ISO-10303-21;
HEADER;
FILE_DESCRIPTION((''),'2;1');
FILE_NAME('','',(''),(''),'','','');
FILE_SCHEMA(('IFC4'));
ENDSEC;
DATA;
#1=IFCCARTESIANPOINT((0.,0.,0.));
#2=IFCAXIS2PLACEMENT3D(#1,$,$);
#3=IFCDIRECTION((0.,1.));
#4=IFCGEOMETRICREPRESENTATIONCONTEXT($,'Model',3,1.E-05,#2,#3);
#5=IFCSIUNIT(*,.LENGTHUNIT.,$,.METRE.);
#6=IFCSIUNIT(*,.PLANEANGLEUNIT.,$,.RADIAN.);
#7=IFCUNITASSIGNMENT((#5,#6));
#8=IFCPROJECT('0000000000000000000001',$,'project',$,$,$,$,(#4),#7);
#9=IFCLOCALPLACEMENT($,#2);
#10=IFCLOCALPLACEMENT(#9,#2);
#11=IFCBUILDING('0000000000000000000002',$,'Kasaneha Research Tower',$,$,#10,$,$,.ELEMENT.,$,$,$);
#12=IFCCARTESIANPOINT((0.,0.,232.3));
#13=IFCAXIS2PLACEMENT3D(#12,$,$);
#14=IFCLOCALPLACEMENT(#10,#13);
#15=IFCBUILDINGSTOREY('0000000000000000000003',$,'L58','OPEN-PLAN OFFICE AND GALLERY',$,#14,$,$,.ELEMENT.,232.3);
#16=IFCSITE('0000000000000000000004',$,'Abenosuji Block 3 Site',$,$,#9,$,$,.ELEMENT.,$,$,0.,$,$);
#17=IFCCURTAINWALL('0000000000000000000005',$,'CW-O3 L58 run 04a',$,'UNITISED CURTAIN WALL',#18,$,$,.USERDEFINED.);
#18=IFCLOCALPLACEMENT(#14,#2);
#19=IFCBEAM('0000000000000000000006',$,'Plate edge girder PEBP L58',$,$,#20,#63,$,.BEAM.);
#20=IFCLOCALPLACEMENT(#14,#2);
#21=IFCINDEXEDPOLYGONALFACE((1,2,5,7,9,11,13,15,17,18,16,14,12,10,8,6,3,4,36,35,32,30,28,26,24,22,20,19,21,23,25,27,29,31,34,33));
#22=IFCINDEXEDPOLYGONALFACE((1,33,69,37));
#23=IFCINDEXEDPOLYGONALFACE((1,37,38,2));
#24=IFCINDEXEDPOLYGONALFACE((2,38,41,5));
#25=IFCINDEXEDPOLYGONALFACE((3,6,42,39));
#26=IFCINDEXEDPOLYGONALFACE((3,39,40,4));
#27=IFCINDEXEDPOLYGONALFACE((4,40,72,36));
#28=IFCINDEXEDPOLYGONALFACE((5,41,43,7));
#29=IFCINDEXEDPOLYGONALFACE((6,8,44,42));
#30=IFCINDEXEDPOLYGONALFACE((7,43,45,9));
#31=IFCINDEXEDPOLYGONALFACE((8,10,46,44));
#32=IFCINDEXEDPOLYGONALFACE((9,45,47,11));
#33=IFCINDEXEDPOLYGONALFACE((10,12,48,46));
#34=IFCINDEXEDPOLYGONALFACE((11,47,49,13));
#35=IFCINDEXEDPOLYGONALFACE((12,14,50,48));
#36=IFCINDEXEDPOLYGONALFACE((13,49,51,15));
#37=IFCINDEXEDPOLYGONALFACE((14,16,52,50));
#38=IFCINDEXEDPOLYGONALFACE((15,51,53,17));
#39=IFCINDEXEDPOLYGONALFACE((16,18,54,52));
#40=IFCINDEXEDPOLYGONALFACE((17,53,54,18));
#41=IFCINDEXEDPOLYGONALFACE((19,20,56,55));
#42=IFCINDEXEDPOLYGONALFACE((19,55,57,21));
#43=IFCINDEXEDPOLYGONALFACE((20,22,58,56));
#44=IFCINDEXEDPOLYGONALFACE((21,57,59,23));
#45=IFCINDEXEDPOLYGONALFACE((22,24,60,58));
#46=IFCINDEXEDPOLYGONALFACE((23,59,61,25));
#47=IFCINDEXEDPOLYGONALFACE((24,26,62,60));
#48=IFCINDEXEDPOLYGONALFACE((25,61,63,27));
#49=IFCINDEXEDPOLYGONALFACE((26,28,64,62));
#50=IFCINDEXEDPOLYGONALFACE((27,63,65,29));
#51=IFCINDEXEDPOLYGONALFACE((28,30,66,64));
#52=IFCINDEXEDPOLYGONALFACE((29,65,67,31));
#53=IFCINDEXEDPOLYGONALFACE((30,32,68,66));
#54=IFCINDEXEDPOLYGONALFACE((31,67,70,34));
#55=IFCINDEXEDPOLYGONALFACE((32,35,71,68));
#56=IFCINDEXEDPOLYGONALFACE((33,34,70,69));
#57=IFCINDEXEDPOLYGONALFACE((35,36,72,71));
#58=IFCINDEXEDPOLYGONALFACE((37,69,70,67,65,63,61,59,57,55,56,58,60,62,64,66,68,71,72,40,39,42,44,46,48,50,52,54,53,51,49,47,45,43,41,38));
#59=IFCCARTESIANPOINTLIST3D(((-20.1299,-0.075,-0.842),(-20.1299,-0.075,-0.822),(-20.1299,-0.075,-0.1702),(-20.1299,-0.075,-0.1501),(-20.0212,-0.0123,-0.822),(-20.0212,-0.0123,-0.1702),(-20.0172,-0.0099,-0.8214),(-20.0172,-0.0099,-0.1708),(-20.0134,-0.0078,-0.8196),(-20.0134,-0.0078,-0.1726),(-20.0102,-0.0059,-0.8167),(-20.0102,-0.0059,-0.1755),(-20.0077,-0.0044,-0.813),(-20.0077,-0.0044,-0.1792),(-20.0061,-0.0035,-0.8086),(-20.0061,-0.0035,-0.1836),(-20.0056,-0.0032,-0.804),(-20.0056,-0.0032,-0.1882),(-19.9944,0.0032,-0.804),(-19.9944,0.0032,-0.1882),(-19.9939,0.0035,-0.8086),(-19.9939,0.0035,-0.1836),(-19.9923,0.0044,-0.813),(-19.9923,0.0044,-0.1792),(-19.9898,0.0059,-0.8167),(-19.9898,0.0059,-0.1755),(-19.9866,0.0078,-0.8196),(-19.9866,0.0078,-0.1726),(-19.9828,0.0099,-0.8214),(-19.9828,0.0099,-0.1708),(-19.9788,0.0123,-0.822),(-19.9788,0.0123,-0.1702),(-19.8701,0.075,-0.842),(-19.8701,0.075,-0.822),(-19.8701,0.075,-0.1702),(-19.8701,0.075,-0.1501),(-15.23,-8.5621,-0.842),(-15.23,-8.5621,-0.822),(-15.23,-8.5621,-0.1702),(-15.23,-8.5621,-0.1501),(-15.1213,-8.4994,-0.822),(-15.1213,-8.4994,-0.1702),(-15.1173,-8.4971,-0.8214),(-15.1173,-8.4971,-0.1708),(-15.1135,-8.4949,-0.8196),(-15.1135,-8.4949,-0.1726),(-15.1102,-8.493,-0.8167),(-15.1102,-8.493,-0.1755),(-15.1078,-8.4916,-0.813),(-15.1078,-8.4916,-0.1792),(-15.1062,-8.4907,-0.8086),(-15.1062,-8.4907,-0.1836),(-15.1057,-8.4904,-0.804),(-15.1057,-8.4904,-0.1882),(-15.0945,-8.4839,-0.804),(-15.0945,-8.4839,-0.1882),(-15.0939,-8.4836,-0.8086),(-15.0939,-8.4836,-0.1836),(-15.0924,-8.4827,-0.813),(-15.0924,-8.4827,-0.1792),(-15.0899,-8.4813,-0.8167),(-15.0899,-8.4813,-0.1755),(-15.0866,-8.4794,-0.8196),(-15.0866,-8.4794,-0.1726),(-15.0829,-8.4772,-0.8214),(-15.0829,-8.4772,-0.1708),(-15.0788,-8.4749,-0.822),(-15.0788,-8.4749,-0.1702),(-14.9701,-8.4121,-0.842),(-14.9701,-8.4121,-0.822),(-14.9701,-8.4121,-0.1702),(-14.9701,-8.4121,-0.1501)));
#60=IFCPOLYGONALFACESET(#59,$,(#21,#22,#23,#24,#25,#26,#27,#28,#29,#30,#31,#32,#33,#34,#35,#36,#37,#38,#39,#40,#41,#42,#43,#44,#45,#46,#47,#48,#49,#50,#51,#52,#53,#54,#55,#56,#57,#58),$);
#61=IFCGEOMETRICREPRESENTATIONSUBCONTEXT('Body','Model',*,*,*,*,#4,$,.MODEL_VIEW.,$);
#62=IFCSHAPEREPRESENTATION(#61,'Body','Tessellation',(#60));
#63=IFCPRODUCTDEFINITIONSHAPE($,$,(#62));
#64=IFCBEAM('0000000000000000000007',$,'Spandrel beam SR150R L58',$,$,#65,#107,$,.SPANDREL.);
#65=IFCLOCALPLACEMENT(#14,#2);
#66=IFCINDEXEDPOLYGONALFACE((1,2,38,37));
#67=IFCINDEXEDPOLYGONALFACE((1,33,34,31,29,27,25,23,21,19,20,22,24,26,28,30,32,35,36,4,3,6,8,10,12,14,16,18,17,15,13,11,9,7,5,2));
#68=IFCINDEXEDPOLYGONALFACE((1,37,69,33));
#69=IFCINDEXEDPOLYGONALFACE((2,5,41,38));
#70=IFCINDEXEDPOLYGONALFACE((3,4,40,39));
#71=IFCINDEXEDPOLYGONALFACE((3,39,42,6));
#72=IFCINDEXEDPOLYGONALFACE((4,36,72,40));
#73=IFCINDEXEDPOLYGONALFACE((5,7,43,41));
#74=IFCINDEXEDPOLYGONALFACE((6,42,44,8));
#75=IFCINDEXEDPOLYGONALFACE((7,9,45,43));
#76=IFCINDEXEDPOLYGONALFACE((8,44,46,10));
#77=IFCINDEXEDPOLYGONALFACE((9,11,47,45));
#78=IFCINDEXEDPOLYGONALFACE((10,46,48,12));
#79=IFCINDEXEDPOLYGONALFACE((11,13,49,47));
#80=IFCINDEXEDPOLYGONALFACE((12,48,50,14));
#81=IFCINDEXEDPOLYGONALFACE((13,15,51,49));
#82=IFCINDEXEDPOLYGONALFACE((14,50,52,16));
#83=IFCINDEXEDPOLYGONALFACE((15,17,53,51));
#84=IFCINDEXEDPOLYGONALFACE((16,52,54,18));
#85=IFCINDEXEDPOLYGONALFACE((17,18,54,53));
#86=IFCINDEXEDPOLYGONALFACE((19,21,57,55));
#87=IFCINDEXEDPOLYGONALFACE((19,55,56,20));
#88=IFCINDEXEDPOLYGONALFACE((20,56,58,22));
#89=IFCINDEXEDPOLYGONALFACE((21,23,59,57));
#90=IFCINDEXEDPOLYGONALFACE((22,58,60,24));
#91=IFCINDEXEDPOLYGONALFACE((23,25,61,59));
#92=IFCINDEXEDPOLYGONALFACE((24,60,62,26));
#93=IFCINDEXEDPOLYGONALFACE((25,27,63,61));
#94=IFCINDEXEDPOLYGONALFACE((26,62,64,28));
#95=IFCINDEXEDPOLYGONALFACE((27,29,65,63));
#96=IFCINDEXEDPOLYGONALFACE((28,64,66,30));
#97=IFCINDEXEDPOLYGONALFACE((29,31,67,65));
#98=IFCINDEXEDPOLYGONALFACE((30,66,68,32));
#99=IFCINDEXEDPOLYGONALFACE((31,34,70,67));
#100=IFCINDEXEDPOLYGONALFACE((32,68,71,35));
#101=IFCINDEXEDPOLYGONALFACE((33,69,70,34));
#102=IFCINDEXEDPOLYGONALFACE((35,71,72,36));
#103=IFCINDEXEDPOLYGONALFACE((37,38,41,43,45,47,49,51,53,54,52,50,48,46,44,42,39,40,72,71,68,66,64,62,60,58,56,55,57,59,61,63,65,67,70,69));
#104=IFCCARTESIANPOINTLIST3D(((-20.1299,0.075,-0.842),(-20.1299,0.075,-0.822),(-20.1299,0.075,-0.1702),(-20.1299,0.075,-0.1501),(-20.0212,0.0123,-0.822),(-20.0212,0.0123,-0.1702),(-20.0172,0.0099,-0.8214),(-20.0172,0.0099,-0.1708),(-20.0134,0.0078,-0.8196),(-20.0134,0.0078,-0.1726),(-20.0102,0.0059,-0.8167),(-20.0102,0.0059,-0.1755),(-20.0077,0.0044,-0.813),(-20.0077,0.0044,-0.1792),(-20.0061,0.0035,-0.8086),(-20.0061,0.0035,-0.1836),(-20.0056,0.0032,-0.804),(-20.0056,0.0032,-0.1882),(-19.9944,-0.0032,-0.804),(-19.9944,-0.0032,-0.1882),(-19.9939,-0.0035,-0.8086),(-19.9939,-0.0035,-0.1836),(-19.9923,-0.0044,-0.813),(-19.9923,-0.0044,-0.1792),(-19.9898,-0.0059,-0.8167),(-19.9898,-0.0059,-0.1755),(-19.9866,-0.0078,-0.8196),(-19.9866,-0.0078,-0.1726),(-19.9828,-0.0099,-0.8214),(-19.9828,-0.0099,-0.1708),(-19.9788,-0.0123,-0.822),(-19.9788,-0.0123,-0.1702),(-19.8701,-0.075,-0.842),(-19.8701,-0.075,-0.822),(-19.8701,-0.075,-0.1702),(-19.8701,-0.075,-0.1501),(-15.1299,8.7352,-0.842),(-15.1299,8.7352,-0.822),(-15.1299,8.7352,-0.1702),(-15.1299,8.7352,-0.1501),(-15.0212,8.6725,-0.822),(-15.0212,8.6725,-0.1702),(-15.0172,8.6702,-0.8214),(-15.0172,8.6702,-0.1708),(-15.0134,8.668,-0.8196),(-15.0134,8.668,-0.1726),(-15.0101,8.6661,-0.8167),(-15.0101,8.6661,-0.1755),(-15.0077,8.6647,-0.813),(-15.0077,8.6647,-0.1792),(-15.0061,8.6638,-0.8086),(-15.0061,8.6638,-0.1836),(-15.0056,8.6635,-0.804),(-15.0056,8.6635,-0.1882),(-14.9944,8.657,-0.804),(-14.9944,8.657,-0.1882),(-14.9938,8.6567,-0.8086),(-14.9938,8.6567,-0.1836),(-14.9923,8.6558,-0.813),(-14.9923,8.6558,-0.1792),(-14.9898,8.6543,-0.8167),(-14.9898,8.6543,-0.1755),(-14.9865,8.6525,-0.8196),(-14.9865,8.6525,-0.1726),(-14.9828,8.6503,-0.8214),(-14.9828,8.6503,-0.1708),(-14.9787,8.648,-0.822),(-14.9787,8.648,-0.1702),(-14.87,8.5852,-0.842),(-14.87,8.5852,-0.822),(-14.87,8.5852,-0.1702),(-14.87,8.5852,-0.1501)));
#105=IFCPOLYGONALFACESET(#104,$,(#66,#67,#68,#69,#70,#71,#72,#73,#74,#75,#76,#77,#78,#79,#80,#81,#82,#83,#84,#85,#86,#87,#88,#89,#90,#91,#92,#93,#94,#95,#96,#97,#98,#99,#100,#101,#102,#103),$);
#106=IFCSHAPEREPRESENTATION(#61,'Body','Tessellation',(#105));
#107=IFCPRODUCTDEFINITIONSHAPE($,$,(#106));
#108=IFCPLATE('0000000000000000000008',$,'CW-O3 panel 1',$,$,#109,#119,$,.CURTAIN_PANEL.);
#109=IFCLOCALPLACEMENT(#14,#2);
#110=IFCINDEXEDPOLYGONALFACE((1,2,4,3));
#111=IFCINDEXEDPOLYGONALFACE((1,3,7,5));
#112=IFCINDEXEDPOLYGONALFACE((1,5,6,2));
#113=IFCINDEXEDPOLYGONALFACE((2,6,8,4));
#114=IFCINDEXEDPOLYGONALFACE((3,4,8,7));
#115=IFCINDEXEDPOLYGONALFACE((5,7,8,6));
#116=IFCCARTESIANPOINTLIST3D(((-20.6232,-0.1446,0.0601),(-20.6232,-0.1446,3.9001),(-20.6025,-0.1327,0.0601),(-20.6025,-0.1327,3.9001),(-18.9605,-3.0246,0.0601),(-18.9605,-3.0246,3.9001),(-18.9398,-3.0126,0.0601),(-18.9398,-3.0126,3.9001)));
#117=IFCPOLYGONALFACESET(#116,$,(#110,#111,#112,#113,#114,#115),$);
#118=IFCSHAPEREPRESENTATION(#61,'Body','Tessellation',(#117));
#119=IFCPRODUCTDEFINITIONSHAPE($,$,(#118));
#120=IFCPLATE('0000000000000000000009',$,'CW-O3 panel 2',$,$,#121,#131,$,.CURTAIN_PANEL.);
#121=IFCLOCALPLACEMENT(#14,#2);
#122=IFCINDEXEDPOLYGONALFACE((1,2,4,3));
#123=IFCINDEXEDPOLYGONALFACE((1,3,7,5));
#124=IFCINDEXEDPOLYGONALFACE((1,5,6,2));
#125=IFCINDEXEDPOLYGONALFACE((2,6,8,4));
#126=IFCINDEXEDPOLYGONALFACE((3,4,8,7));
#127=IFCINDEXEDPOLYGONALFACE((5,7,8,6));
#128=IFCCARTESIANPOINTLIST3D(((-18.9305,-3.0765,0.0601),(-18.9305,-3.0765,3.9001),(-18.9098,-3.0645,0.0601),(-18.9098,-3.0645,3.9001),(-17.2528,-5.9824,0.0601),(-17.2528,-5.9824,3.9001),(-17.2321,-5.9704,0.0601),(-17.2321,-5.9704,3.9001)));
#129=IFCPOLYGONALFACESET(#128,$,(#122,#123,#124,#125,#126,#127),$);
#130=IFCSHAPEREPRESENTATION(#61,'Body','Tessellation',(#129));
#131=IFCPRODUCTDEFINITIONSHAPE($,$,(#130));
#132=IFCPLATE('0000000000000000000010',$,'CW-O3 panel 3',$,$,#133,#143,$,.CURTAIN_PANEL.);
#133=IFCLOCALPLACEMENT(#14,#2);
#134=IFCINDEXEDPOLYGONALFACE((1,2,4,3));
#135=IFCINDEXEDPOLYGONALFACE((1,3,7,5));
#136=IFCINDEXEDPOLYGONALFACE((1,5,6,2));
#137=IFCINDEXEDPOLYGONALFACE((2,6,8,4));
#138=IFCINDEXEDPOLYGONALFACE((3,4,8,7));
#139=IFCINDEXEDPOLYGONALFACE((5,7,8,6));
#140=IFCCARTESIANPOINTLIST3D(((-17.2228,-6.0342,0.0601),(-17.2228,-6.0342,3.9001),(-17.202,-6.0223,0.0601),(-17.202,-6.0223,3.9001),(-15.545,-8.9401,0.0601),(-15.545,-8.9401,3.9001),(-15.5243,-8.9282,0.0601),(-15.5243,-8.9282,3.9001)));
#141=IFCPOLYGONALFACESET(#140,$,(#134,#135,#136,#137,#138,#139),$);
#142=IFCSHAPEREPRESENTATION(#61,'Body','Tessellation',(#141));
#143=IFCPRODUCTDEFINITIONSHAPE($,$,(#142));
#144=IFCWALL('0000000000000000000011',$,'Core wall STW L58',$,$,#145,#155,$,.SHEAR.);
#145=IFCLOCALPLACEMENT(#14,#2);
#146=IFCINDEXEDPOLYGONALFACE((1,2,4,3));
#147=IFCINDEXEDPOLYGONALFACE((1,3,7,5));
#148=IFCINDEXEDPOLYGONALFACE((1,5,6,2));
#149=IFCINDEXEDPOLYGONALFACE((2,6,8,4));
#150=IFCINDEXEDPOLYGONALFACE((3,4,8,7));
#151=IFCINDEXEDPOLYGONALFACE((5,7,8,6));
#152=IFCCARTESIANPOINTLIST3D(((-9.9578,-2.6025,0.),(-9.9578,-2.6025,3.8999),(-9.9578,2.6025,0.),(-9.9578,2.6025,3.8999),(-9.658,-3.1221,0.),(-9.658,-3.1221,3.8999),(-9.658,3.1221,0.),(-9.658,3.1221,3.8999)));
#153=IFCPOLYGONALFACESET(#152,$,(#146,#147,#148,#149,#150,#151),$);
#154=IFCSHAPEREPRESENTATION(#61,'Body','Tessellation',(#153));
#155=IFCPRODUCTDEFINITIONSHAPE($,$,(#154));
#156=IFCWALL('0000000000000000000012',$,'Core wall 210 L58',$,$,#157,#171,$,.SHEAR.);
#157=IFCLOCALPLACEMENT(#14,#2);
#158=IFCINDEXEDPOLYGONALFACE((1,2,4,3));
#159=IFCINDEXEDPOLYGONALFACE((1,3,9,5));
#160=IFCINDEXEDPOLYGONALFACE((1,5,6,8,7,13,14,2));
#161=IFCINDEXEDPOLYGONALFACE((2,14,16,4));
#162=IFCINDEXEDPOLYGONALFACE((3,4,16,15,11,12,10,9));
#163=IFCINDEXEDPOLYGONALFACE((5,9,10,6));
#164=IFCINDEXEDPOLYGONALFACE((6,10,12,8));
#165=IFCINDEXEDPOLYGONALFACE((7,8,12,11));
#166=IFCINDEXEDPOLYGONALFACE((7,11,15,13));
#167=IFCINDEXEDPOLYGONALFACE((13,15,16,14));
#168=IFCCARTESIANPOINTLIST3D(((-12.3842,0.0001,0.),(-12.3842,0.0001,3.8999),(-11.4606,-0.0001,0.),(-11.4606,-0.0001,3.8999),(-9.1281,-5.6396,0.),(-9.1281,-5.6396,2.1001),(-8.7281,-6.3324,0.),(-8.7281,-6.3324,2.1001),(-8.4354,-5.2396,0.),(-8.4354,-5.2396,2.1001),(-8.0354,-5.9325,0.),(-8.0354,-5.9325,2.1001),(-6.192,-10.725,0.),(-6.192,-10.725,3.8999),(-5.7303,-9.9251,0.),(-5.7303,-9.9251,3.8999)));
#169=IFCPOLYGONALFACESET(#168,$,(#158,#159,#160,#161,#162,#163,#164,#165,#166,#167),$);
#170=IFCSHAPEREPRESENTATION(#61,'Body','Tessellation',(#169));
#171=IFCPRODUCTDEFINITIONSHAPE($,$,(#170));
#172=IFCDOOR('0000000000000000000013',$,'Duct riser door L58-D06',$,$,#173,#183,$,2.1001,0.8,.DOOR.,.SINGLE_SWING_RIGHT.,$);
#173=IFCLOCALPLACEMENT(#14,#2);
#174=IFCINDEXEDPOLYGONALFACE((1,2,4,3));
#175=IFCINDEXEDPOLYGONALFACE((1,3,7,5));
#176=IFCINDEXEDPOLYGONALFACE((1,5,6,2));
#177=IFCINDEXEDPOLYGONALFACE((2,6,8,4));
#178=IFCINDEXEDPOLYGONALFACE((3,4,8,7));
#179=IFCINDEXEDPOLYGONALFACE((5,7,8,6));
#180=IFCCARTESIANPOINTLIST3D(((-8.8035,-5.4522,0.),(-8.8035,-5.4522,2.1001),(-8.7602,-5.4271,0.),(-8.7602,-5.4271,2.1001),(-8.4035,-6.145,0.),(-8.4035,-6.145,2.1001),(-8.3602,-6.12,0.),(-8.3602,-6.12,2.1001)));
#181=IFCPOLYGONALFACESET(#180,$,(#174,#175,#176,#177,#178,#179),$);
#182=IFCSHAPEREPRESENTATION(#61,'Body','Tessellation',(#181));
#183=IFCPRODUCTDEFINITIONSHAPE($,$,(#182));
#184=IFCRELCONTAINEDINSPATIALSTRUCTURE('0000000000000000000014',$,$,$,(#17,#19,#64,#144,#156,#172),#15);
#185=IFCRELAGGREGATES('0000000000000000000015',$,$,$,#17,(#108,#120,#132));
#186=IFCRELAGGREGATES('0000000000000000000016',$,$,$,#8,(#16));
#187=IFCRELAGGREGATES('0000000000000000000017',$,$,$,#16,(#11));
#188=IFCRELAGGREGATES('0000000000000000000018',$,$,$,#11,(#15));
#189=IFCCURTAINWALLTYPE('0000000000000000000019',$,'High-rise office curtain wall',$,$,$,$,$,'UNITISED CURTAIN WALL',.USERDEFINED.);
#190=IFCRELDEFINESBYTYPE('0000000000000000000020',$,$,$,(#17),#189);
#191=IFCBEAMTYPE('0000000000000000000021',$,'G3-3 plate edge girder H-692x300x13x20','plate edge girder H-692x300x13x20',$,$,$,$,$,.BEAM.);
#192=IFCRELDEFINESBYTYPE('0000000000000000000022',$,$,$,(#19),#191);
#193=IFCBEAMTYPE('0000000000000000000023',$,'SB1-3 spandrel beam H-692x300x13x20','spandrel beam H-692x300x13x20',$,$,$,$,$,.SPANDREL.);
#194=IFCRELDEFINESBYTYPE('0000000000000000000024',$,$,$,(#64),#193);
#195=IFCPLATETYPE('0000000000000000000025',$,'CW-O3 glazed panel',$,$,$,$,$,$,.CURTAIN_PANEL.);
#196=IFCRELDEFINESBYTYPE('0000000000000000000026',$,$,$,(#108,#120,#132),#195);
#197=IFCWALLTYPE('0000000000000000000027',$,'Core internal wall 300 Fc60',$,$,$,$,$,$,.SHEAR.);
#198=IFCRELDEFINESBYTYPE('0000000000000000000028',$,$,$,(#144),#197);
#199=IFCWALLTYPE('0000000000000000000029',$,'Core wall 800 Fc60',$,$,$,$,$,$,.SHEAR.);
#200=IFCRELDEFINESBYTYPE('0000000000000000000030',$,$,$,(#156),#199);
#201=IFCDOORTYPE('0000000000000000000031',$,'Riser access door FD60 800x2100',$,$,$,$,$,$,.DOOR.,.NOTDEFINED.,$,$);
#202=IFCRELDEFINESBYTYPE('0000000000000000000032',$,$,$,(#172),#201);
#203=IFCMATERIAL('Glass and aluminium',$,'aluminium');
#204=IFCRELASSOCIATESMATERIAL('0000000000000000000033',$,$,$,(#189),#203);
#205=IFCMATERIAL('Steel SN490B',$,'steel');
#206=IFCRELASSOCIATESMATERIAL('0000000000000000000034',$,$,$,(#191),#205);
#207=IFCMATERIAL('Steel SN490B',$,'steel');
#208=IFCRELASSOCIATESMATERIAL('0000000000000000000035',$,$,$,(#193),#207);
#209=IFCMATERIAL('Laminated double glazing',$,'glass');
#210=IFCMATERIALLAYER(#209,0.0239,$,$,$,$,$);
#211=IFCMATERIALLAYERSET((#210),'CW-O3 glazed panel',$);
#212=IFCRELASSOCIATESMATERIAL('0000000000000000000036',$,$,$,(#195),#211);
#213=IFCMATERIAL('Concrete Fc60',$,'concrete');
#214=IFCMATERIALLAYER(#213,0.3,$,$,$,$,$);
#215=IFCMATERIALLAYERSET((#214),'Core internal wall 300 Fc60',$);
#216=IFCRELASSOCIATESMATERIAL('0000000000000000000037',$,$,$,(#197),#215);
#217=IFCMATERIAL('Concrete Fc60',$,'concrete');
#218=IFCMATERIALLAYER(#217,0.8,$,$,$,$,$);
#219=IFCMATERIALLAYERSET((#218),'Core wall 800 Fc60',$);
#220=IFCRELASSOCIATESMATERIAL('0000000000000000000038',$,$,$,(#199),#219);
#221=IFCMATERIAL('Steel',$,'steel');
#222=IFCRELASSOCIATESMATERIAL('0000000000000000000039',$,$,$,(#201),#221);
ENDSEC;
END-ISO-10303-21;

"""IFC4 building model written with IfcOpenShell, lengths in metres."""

from ifc_helpers import new_model, si_unit, direction, frame, frame_2d, origin, origin_2d, place, context, subcontext, project, spatial, polyline, rectangle, i_section, outline, extrude, material, layer, layer_set, material_profile, profile_set, type_object, element, fill, aggregate, save


model = new_model("IFC4")

# Units and contexts
model_context = context("Model", 3, precision=1e-05, world=origin(), true_north=direction((0.0, 1.0)))
body_context = subcontext(model_context, "Body", "Model", "MODEL_VIEW")
ifc_project = project(units=[si_unit("LENGTHUNIT", "METRE"), si_unit("PLANEANGLEUNIT", "RADIAN")], contexts=[model_context])

# Site, building, storey
site_placement = place(None, origin())
site = spatial("IfcSite", under=ifc_project, at=site_placement, Name="Abenosuji Block 3 Site", CompositionType="ELEMENT", RefElevation=0.0)
building_placement = place(site_placement, origin())
building = spatial("IfcBuilding", under=site, at=building_placement, Name="Kasaneha Research Tower", CompositionType="ELEMENT")
storey_placement = place(building_placement, frame((0.0, 0.0, 232.3)))
storey = spatial("IfcBuildingStorey", under=building, at=storey_placement, Name="L58", Description="OPEN-PLAN OFFICE AND GALLERY", CompositionType="ELEMENT", Elevation=232.3)

# Curtain wall
ifc_material_1 = material(Name="Glass and aluminium", Category="aluminium")
curtain_wall_type = type_object("IfcCurtainWallType", Name="High-rise office curtain wall", ElementType="UNITISED CURTAIN WALL", PredefinedType="USERDEFINED", material=ifc_material_1)
curtain_wall_placement = place(storey_placement, origin())
curtain_wall = element("IfcCurtainWall", 1, at=curtain_wall_placement, inside=storey, type_object=curtain_wall_type, Name="CW-O3 L58 run 04a", ObjectType="UNITISED CURTAIN WALL", PredefinedType="USERDEFINED")

# Beams
ifc_material_2 = material(Name="Steel SN490B", Category="steel")
ifc_material_profile_1 = material_profile(ifc_material_2, i_section(OverallWidth=0.3, OverallDepth=0.6919, WebThickness=0.0129, FlangeThickness=0.02, FilletRadius=0.0181, at=origin_2d()), Name="H-692x300x13x20")
ifc_profile_set_1 = profile_set([ifc_material_profile_1], Name="Steel SN490B")
beam_type_1 = type_object("IfcBeamType", Name="G3-3 plate edge girder H-692x300x13x20", Description="plate edge girder H-692x300x13x20", PredefinedType="BEAM", material=ifc_profile_set_1)
beam_1_placement = place(storey_placement, frame((-20.0, 0.0, -0.4961), z_axis=(0.499992, -0.86603, 0.0), x_axis=(0.86603, 0.499992, 0.0)))
element("IfcBeam", 2, at=beam_1_placement, inside=storey, type_object=beam_type_1, Name="Plate edge girder PEBP L58", PredefinedType="BEAM", context=body_context, shape_type="SweptSolid", body=[
    extrude(i_section(OverallWidth=0.3, OverallDepth=0.6919, WebThickness=0.0129, FlangeThickness=0.02, FilletRadius=0.0181, at=origin_2d()), origin(), (0.0, 0.0, 1.0), 9.8),
])
ifc_material_3 = material(Name="Steel SN490B", Category="steel")
ifc_material_profile_2 = material_profile(ifc_material_3, i_section(OverallWidth=0.3, OverallDepth=0.6919, WebThickness=0.0129, FlangeThickness=0.02, FilletRadius=0.0181, at=origin_2d()), Name="H-692x300x13x20")
ifc_profile_set_2 = profile_set([ifc_material_profile_2], Name="Steel SN490B")
beam_type_2 = type_object("IfcBeamType", Name="SB1-3 spandrel beam H-692x300x13x20", Description="spandrel beam H-692x300x13x20", PredefinedType="SPANDREL", material=ifc_profile_set_2)
beam_2_placement = place(storey_placement, frame((-20.0, 0.0, -0.4961), z_axis=(0.500004, 0.866023, 0.0), x_axis=(-0.866023, 0.500004, 0.0)))
element("IfcBeam", 3, at=beam_2_placement, inside=storey, type_object=beam_type_2, Name="Spandrel beam SR150R L58", PredefinedType="SPANDREL", context=body_context, shape_type="SweptSolid", body=[
    extrude(i_section(OverallWidth=0.3, OverallDepth=0.6919, WebThickness=0.0129, FlangeThickness=0.02, FilletRadius=0.0181, at=origin_2d()), origin(), (0.0, 0.0, 1.0), 10.0),
])

# Plates
ifc_material_4 = material(Name="Laminated double glazing", Category="glass")
ifc_layer_1 = layer(ifc_material_4, 0.0239)
ifc_layer_set_1 = layer_set([ifc_layer_1], Name="CW-O3 glazed panel")
plate_type = type_object("IfcPlateType", Name="CW-O3 glazed panel", PredefinedType="CURTAIN_PANEL", material=ifc_layer_set_1)
plate_1_placement = place(storey_placement, frame((-19.7815, -1.5786, 0.0601), z_axis=(0.0, 0.0, 1.0), x_axis=(0.5, -0.866025, 0.0)))
plate_1 = element("IfcPlate", 4, at=plate_1_placement, type_object=plate_type, Name="CW-O3 panel 1", PredefinedType="CURTAIN_PANEL", context=body_context, shape_type="SweptSolid", body=[
    extrude(rectangle(XDim=3.3254, YDim=0.0239, at=origin_2d()), origin(), (0.0, 0.0, 1.0), 3.8401),
])
plate_2_placement = place(storey_placement, frame((-18.0813, -4.5234, 0.0601), z_axis=(0.0, 0.0, 1.0), x_axis=(0.5, -0.866025, 0.0)))
plate_2 = element("IfcPlate", 5, at=plate_2_placement, type_object=plate_type, Name="CW-O3 panel 2", PredefinedType="CURTAIN_PANEL", context=body_context, shape_type="SweptSolid", body=[
    extrude(rectangle(XDim=3.3555, YDim=0.0239, at=origin_2d()), origin(), (0.0, 0.0, 1.0), 3.8401),
])
plate_3_placement = place(storey_placement, frame((-16.3735, -7.4812, 0.0601), z_axis=(0.0, 0.0, 1.0), x_axis=(0.5, -0.866025, 0.0)))
plate_3 = element("IfcPlate", 6, at=plate_3_placement, type_object=plate_type, Name="CW-O3 panel 3", PredefinedType="CURTAIN_PANEL", context=body_context, shape_type="SweptSolid", body=[
    extrude(rectangle(XDim=3.3555, YDim=0.0239, at=origin_2d()), origin(), (0.0, 0.0, 1.0), 3.8401),
])
aggregate(curtain_wall, [plate_1, plate_2, plate_3])

# Wall
ifc_material_5 = material(Name="Concrete Fc60", Category="concrete")
ifc_layer_2 = layer(ifc_material_5, 0.3)
ifc_layer_set_2 = layer_set([ifc_layer_2], Name="Core internal wall 300 Fc60")
wall_type_1 = type_object("IfcWallType", Name="Core internal wall 300 Fc60", PredefinedType="SHEAR", material=ifc_layer_set_2)
wall_1_placement = place(storey_placement, frame((-9.8079, -2.8623, 0.0), z_axis=(0.0, 0.0, 1.0), x_axis=(0.0, 1.0, 0.0)))
element("IfcWall", 7, at=wall_1_placement, inside=storey, type_object=wall_type_1, Name="Core wall STW L58", PredefinedType="SHEAR", context=body_context, shape_type="SweptSolid", body=[
    extrude(outline(polyline([(-0.2598, -0.1499), (5.9844, -0.1499), (5.4648, 0.1499), (0.2598, 0.1499), (-0.2598, -0.1499)])), origin(), (0.0, 0.0, 1.0), 3.8999),
])

# Wall, opening, door
ifc_material_6 = material(Name="Concrete Fc60", Category="concrete")
ifc_layer_3 = layer(ifc_material_6, 0.8)
ifc_layer_set_3 = layer_set([ifc_layer_3], Name="Core wall 800 Fc60")
wall_type_2 = type_object("IfcWallType", Name="Core wall 800 Fc60", PredefinedType="SHEAR", material=ifc_layer_set_3)
wall_2_placement = place(storey_placement, frame((-11.9224, 0.0, 0.0), z_axis=(0.0, 0.0, 1.0), x_axis=(0.500004, -0.866023, 0.0)))
wall_2 = element("IfcWall", 8, at=wall_2_placement, inside=storey, type_object=wall_type_2, Name="Core wall 210 L58", PredefinedType="SHEAR", context=body_context, shape_type="SweptSolid", body=[
    extrude(outline(polyline([(-0.231, -0.3999), (6.2812, -0.3999), (7.0813, -0.3999), (12.1533, -0.3999), (11.6914, 0.3999), (7.0813, 0.3999), (6.2812, 0.3999), (0.231, 0.3999), (-0.231, -0.3999)])), origin(), (0.0, 0.0, 1.0), 3.8999),
])
opening_1_placement = place(wall_2_placement, frame((6.2812, 0.0, 0.0)))
opening_1 = element("IfcOpeningElement", 9, at=opening_1_placement, cuts=wall_2, PredefinedType="OPENING", context=body_context, shape_type="SweptSolid", body=[
    extrude(rectangle(XDim=0.8, YDim=2.1001, at=frame_2d((0.3999, 1.05))), frame((0.0, 0.4102, 0.0), z_axis=(0.0, -1.0, 0.0), x_axis=(1.0, 0.0, 0.0)), (0.0, 0.0, 1.0), 0.8201),
])
ifc_material_7 = material(Name="Steel", Category="steel")
door_type_1 = type_object("IfcDoorType", Name="Riser access door FD60 800x2100", OperationType="NOTDEFINED", PredefinedType="DOOR", material=ifc_material_7)
door_1_placement = place(opening_1_placement, origin())
door_1 = element("IfcDoor", 10, at=door_1_placement, inside=storey, type_object=door_type_1, Name="Duct riser door L58-D06", OperationType="SINGLE_SWING_RIGHT", OverallHeight=2.1001, OverallWidth=0.8, PredefinedType="DOOR", context=body_context, shape_type="SweptSolid", body=[
    extrude(rectangle(XDim=0.8, YDim=2.1001, at=frame_2d((0.3999, 1.05))), frame((0.0, 0.0249, 0.0), z_axis=(0.0, -1.0, 0.0), x_axis=(1.0, 0.0, 0.0)), (0.0, 0.0, 1.0), 0.05),
])
fill(opening_1, door_1)

save(model, "model.ifc")
